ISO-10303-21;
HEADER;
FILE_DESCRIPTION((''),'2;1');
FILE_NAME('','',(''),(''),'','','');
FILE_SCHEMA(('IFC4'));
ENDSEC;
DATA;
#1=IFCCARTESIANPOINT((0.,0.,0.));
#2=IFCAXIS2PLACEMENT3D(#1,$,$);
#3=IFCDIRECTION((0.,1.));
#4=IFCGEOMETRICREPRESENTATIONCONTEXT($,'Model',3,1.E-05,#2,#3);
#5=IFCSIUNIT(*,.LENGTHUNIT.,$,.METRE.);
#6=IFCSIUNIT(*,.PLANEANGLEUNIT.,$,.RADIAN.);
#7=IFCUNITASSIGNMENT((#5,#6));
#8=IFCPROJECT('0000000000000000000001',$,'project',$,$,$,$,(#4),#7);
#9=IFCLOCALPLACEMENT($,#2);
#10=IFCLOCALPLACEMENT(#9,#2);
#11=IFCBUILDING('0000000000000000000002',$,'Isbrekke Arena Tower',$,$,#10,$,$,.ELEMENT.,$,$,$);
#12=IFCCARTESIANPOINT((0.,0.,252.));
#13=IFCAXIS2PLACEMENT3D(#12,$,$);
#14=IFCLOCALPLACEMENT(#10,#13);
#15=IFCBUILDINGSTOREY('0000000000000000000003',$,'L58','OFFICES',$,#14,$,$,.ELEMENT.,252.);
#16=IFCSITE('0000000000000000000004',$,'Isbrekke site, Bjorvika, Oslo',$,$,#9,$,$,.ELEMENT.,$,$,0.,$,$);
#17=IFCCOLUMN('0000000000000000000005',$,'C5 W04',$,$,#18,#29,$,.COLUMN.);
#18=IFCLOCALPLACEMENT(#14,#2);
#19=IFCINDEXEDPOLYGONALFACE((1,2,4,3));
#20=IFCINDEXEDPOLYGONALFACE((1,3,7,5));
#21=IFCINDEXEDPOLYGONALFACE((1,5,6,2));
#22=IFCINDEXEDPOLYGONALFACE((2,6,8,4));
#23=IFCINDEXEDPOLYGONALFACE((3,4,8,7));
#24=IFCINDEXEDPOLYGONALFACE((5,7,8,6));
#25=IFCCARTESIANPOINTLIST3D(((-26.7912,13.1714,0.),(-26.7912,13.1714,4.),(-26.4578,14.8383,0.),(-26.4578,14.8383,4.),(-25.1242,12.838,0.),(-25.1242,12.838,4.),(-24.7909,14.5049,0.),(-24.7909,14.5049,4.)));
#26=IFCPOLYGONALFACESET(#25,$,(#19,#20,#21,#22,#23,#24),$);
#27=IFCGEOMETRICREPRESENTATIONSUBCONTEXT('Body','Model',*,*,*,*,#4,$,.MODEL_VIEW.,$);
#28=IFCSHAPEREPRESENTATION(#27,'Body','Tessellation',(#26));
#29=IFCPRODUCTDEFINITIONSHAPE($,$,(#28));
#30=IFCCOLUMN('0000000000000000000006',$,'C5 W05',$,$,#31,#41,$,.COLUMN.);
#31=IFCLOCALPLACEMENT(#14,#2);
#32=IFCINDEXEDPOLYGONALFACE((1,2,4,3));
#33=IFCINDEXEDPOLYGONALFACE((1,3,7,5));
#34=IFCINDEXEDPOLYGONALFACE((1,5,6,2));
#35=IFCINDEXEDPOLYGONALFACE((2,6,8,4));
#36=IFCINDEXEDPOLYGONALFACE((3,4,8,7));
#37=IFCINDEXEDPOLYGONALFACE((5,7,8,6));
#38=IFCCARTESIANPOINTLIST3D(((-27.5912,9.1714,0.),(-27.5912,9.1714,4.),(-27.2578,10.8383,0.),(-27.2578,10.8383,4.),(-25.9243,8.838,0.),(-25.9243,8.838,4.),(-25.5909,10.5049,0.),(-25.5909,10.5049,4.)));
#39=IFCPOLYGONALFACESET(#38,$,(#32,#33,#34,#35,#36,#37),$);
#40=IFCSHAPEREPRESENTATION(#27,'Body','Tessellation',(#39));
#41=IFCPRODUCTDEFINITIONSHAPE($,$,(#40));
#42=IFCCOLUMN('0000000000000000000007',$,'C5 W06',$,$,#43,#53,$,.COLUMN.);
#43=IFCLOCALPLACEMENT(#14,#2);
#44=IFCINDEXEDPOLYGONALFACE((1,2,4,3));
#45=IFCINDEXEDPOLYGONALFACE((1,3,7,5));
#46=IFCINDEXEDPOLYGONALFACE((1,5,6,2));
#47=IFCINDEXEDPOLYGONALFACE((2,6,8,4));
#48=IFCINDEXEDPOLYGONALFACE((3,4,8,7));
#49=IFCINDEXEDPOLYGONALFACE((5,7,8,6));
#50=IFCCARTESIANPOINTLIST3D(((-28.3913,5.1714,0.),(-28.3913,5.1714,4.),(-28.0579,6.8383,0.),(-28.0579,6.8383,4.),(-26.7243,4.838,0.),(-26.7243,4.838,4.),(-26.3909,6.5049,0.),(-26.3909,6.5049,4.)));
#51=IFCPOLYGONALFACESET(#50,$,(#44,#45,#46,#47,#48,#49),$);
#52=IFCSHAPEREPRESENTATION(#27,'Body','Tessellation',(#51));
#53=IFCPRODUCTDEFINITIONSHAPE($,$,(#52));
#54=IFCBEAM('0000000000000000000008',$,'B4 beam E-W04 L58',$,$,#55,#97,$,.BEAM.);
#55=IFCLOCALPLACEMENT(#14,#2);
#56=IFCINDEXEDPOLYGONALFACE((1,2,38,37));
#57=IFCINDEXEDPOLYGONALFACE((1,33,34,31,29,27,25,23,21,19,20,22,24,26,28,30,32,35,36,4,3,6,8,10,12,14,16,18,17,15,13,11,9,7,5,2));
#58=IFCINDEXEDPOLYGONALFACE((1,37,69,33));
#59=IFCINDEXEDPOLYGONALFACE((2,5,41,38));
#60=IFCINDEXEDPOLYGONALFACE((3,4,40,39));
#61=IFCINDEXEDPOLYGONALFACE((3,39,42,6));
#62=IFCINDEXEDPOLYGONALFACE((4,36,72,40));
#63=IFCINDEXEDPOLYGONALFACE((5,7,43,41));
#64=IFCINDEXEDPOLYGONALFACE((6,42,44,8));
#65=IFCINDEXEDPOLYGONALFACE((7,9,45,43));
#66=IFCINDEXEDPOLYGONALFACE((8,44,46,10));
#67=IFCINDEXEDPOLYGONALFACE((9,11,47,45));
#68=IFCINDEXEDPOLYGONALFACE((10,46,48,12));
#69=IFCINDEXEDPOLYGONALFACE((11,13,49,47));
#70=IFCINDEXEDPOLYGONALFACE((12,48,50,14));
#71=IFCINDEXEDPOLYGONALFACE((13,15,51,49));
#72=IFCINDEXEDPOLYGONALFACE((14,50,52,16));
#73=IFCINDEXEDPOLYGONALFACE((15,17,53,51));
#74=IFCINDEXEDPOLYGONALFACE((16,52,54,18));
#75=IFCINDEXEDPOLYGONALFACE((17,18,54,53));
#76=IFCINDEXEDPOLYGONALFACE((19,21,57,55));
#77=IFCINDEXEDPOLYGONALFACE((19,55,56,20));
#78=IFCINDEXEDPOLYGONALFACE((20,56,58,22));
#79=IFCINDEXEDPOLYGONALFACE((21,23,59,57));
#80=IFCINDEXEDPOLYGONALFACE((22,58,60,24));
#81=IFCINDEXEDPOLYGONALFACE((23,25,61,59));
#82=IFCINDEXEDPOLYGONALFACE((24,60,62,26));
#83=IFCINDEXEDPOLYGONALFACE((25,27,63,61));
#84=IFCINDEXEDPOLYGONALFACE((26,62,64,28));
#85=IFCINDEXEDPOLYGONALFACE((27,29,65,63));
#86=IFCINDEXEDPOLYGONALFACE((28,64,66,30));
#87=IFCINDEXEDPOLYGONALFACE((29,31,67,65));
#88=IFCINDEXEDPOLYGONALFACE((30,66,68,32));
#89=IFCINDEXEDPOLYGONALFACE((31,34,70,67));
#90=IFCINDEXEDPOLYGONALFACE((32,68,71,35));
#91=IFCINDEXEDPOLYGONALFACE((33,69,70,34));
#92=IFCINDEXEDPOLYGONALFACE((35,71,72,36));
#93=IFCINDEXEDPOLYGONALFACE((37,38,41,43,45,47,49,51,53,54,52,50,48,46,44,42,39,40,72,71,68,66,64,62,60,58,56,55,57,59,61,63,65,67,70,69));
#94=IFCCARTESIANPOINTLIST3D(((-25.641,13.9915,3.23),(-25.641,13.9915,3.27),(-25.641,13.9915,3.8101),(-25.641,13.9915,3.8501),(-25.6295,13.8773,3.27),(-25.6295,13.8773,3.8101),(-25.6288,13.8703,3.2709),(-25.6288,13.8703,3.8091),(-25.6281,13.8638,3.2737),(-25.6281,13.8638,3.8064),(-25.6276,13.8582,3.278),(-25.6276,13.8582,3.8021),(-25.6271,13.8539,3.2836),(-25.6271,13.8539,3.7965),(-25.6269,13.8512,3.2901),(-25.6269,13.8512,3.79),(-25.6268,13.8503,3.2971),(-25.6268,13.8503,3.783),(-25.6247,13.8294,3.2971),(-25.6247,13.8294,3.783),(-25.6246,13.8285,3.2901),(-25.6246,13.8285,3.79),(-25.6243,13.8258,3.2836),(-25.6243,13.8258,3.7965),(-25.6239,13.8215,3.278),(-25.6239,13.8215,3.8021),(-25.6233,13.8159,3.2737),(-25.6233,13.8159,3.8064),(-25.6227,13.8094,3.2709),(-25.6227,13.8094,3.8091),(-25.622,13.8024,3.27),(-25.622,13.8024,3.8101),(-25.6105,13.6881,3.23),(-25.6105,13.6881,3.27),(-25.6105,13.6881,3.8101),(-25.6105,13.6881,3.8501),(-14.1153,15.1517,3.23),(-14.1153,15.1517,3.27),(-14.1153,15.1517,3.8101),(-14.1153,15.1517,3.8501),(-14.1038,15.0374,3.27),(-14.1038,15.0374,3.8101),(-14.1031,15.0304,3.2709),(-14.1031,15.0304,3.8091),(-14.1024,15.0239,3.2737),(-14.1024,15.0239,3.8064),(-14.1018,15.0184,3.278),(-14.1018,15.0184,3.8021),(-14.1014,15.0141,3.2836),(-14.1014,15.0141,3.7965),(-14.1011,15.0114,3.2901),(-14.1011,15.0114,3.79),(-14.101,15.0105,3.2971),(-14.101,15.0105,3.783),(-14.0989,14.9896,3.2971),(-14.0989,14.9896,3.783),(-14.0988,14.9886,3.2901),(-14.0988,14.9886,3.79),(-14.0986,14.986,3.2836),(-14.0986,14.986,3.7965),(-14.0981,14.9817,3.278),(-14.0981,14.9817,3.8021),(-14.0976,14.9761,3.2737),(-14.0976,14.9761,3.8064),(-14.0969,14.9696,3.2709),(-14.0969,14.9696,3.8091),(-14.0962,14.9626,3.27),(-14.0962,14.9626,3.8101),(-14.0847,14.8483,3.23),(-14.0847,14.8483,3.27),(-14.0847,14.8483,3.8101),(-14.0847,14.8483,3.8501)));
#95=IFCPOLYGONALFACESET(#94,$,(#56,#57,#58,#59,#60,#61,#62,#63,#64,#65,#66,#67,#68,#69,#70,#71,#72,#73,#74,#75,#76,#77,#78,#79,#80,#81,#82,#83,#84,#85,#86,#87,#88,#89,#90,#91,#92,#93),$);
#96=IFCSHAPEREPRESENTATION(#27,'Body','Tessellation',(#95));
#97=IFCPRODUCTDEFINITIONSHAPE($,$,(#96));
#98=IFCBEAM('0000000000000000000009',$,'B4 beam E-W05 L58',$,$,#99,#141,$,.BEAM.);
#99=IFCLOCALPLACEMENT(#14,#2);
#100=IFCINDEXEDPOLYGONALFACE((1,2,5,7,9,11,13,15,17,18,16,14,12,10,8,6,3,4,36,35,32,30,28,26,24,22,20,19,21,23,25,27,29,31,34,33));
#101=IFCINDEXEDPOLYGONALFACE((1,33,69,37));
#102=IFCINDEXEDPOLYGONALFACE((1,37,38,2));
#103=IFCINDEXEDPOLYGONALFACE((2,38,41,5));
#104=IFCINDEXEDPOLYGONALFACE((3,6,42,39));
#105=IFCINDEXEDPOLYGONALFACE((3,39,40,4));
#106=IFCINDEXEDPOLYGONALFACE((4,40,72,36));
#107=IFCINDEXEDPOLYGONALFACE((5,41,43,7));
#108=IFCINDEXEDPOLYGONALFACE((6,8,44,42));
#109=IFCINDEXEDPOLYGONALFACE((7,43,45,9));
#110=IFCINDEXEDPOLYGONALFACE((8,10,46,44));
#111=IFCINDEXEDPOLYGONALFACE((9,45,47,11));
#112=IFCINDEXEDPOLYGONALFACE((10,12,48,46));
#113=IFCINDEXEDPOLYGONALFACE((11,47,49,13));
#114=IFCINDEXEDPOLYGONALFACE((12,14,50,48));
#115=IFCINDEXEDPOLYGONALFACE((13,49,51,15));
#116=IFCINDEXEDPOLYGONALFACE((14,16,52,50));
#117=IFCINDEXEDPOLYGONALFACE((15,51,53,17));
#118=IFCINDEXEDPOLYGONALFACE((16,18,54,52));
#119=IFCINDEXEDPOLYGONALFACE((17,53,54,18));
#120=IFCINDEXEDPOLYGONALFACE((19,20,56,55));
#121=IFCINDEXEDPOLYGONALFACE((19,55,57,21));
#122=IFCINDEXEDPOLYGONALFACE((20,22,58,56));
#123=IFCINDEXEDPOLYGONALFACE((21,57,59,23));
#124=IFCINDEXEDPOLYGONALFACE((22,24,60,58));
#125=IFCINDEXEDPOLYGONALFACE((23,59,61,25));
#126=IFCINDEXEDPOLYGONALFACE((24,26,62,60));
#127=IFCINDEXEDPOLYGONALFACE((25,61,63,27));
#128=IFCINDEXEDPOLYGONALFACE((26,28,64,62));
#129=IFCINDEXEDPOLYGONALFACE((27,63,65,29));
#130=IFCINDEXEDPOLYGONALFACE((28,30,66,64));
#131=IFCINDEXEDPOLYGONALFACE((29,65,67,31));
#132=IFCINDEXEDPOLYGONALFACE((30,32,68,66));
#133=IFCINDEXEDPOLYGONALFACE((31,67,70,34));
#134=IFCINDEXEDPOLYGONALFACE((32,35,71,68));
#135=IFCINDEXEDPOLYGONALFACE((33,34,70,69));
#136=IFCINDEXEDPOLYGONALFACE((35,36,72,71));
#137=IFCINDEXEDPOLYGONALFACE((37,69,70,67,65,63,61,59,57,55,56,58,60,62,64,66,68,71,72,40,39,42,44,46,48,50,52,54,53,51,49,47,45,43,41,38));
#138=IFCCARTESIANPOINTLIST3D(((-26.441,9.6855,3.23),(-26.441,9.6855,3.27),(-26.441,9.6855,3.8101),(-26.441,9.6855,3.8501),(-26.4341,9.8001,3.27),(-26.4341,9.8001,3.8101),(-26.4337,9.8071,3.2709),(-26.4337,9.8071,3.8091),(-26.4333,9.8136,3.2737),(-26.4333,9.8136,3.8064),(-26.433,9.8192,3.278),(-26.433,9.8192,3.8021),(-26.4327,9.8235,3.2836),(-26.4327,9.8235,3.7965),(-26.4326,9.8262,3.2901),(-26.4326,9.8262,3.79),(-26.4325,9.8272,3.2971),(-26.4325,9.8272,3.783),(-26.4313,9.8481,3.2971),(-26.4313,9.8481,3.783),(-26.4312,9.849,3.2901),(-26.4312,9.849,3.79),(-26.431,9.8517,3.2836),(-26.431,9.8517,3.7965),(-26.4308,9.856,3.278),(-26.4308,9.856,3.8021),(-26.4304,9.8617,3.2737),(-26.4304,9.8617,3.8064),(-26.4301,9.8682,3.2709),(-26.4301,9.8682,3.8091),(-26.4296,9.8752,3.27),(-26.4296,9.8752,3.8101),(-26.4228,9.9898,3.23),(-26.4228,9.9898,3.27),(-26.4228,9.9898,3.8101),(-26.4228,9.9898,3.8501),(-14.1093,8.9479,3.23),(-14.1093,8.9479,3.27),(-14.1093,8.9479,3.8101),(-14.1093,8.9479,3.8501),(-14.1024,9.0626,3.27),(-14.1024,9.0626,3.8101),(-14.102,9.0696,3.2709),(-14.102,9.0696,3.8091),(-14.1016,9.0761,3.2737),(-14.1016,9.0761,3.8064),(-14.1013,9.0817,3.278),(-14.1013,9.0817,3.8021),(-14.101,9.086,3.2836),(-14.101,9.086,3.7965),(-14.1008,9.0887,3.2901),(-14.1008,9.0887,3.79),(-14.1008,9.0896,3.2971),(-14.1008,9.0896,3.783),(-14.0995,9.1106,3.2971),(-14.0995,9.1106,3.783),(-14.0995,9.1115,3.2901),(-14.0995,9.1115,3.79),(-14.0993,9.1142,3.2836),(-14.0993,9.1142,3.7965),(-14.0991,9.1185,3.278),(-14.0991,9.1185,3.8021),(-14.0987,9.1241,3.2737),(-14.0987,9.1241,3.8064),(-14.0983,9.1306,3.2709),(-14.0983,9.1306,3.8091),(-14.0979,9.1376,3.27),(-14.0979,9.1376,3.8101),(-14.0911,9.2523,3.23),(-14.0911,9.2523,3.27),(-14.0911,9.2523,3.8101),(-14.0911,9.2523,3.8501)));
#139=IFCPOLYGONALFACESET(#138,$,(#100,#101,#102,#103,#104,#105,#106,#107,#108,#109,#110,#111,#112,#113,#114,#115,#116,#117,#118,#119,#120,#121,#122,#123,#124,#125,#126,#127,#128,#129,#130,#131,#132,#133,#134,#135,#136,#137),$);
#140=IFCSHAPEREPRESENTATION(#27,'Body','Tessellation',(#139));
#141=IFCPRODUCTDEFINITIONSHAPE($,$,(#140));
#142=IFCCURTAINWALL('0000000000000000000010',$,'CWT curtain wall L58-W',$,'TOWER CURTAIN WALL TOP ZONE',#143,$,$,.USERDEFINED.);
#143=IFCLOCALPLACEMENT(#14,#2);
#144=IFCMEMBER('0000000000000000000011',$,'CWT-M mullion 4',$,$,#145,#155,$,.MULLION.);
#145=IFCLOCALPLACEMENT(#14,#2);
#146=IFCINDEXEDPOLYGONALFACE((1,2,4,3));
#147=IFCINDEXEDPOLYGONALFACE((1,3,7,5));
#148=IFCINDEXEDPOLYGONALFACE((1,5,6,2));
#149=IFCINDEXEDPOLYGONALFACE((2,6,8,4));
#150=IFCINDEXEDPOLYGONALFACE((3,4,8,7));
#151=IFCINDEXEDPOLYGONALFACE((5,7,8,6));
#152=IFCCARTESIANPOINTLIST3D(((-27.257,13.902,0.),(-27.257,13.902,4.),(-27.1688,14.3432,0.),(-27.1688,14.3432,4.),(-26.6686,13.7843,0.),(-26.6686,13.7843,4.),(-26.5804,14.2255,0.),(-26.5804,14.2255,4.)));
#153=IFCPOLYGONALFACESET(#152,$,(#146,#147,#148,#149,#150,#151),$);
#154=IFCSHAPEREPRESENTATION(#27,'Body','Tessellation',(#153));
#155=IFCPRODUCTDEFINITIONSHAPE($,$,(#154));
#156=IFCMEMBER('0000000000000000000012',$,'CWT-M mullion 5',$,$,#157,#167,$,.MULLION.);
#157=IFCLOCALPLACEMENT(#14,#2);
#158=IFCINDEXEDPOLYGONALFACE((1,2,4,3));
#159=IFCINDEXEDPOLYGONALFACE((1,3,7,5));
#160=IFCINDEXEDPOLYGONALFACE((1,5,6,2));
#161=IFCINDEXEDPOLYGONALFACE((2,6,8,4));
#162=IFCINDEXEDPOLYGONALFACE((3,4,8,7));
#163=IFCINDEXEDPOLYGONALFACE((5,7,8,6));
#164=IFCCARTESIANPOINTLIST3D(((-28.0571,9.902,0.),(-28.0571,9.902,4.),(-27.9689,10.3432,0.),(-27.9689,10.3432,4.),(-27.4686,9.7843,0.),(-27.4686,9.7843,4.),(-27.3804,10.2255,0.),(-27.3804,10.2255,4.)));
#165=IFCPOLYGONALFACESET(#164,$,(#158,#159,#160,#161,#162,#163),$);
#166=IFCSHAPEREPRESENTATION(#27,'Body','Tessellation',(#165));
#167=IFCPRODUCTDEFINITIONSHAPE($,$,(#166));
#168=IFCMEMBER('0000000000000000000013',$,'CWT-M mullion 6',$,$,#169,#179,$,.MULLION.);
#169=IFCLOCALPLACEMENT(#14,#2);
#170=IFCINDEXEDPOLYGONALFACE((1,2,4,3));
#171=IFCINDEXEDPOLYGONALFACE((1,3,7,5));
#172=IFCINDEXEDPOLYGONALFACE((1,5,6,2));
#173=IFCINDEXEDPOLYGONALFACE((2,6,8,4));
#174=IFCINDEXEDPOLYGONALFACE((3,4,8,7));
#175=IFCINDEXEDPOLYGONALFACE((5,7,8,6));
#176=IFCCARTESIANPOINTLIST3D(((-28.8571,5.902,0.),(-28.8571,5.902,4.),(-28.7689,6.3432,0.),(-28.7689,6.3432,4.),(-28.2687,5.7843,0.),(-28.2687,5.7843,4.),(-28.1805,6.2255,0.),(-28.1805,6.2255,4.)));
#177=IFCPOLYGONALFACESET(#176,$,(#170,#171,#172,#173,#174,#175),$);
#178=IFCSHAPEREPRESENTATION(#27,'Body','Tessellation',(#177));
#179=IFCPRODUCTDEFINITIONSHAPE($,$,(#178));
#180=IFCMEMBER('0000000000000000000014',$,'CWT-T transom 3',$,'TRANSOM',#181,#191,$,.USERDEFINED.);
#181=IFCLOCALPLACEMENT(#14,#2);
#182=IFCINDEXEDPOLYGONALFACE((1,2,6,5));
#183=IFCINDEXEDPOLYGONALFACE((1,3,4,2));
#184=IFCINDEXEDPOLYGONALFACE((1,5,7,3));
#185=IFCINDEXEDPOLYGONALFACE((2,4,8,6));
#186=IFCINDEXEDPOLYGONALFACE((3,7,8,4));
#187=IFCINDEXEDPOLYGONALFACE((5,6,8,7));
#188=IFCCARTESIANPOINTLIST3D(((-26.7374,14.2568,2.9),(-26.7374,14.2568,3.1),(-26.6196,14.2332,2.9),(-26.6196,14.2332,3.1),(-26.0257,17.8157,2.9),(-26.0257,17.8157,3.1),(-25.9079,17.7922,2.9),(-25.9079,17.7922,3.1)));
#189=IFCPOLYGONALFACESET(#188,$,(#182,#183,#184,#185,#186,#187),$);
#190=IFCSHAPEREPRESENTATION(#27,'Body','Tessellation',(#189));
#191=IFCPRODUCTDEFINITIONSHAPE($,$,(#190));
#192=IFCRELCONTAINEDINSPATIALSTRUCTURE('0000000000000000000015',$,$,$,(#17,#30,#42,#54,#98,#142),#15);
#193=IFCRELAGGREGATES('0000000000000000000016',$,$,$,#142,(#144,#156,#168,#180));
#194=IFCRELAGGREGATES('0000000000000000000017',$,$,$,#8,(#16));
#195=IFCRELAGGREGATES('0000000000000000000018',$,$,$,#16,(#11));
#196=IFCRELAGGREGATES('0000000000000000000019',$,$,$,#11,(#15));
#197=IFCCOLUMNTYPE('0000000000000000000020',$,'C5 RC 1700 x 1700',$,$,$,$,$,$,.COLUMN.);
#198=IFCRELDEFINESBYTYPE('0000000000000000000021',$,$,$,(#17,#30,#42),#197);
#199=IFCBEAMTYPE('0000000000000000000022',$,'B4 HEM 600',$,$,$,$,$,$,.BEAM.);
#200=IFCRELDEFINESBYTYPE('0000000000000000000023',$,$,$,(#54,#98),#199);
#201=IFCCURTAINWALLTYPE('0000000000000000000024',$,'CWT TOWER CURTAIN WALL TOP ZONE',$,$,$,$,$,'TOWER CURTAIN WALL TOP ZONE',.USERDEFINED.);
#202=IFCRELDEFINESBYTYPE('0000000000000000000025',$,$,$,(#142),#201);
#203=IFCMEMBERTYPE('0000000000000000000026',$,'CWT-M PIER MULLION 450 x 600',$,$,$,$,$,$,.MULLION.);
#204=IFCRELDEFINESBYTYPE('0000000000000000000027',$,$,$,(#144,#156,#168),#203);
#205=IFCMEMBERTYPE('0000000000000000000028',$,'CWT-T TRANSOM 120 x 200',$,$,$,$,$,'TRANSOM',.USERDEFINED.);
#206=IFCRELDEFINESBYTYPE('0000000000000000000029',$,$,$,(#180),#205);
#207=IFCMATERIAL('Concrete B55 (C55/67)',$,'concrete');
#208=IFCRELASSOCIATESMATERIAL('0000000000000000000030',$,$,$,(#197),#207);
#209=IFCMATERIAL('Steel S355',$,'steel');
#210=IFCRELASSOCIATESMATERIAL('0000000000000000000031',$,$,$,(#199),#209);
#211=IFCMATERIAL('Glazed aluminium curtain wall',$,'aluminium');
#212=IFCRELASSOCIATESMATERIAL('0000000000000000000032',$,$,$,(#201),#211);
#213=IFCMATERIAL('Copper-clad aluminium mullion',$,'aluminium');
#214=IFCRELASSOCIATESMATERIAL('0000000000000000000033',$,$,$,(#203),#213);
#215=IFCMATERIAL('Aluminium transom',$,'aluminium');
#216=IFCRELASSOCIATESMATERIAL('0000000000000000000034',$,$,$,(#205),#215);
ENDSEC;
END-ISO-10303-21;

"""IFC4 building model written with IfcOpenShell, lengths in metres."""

from ifc_helpers import new_model, si_unit, direction, frame, origin, origin_2d, place, context, subcontext, project, spatial, rectangle, i_section, extrude, material, material_profile, profile_set, type_object, element, aggregate, save


model = new_model("IFC4")

# Units and contexts
model_context = context("Model", 3, precision=1e-05, world=origin(), true_north=direction((0.0, 1.0)))
body_context = subcontext(model_context, "Body", "Model", "MODEL_VIEW")
ifc_project = project(units=[si_unit("LENGTHUNIT", "METRE"), si_unit("PLANEANGLEUNIT", "RADIAN")], contexts=[model_context])

# Site, building, storey
site_placement = place(None, origin())
site = spatial("IfcSite", under=ifc_project, at=site_placement, Name="Isbrekke site, Bjorvika, Oslo", CompositionType="ELEMENT", RefElevation=0.0)
building_placement = place(site_placement, origin())
building = spatial("IfcBuilding", under=site, at=building_placement, Name="Isbrekke Arena Tower", CompositionType="ELEMENT")
storey_placement = place(building_placement, frame((0.0, 0.0, 252.0)))
storey = spatial("IfcBuildingStorey", under=building, at=storey_placement, Name="L58", Description="OFFICES", CompositionType="ELEMENT", Elevation=252.0)

# Columns
ifc_material_1 = material(Name="Concrete B55 (C55/67)", Category="concrete")
ifc_material_profile_1 = material_profile(ifc_material_1, rectangle(XDim=1.7, YDim=1.7, at=origin_2d()), Name="RC 1700x1700")
ifc_profile_set_1 = profile_set([ifc_material_profile_1], Name="Concrete B55 (C55/67)")
column_type = type_object("IfcColumnType", Name="C5 RC 1700 x 1700", PredefinedType="COLUMN", material=ifc_profile_set_1)
for number, where, z_axis, x_axis, name in (
    (1, (-25.791, 13.8381, 0.0), (0.0, 0.0, 1.0), (-0.196116, -0.980581, 0.0), "C5 W04"),
    (2, (-26.5911, 9.8381, 0.0), (0.0, 0.0, 1.0), (-0.196116, -0.980581, 0.0), "C5 W05"),
    (3, (-27.3911, 5.8381, 0.0), (0.0, 0.0, 1.0), (-0.196116, -0.980581, 0.0), "C5 W06"),
):
    element("IfcColumn", number, at=place(storey_placement, frame(where, z_axis=z_axis, x_axis=x_axis)), inside=storey, type_object=column_type, Name=name, PredefinedType="COLUMN", context=body_context, shape_type="SweptSolid", body=[
        extrude(rectangle(XDim=1.7, YDim=1.7, at=origin_2d()), origin(), (0.0, 0.0, 1.0), 4.0),
    ])

# Beams
ifc_material_2 = material(Name="Steel S355", Category="steel")
ifc_material_profile_2 = material_profile(ifc_material_2, i_section(OverallWidth=0.3049, OverallDepth=0.6201, WebThickness=0.021, FlangeThickness=0.04, FilletRadius=0.0271, at=origin_2d()), Name="HEM 600")
ifc_profile_set_2 = profile_set([ifc_material_profile_2], Name="Steel S355")
beam_type_1 = type_object("IfcBeamType", Name="B4 HEM 600", PredefinedType="BEAM", material=ifc_profile_set_2)
beam_1_placement = place(storey_placement, frame((-25.6257, 13.8398, 3.54), z_axis=(0.994972, 0.100153, 0.0), x_axis=(-0.100153, 0.994972, 0.0)))
element("IfcBeam", 4, at=beam_1_placement, inside=storey, type_object=beam_type_1, Name="B4 beam E-W04 L58", PredefinedType="BEAM", context=body_context, shape_type="SweptSolid", body=[
    extrude(i_section(OverallWidth=0.3049, OverallDepth=0.6201, WebThickness=0.021, FlangeThickness=0.04, FilletRadius=0.0271, at=origin_2d()), origin(), (0.0, 0.0, 1.0), 11.584),
])
beam_2_placement = place(storey_placement, frame((-26.4319, 9.8376, 3.54), z_axis=(0.998216, -0.059702, 0.0), x_axis=(0.059702, 0.998216, 0.0)))
element("IfcBeam", 5, at=beam_2_placement, inside=storey, type_object=beam_type_1, Name="B4 beam E-W05 L58", PredefinedType="BEAM", context=body_context, shape_type="SweptSolid", body=[
    extrude(i_section(OverallWidth=0.3049, OverallDepth=0.6201, WebThickness=0.021, FlangeThickness=0.04, FilletRadius=0.0271, at=origin_2d()), origin(), (0.0, 0.0, 1.0), 12.3538),
])

# Curtain wall, members
ifc_material_3 = material(Name="Glazed aluminium curtain wall", Category="aluminium")
curtain_wall_type = type_object("IfcCurtainWallType", Name="CWT TOWER CURTAIN WALL TOP ZONE", ElementType="TOWER CURTAIN WALL TOP ZONE", PredefinedType="USERDEFINED", material=ifc_material_3)
curtain_wall_placement = place(storey_placement, origin())
curtain_wall = element("IfcCurtainWall", 6, at=curtain_wall_placement, inside=storey, type_object=curtain_wall_type, Name="CWT curtain wall L58-W", ObjectType="TOWER CURTAIN WALL TOP ZONE", PredefinedType="USERDEFINED")
ifc_material_4 = material(Name="Copper-clad aluminium mullion", Category="aluminium")
ifc_material_profile_3 = material_profile(ifc_material_4, rectangle(XDim=0.45, YDim=0.6001, at=origin_2d()), Name="PIER 450X600")
ifc_profile_set_3 = profile_set([ifc_material_profile_3], Name="Copper-clad aluminium mullion")
member_type_1 = type_object("IfcMemberType", Name="CWT-M PIER MULLION 450 x 600", PredefinedType="MULLION", material=ifc_profile_set_3)
member_1_placement = place(storey_placement, frame((-26.9187, 14.0637, 0.0), z_axis=(0.0, 0.0, 1.0), x_axis=(-0.196116, -0.980581, 0.0)))
member_1 = element("IfcMember", 7, at=member_1_placement, type_object=member_type_1, Name="CWT-M mullion 4", PredefinedType="MULLION", context=body_context, shape_type="SweptSolid", body=[
    extrude(rectangle(XDim=0.45, YDim=0.6001, at=origin_2d()), origin(), (0.0, 0.0, 1.0), 4.0),
])
member_2_placement = place(storey_placement, frame((-27.7188, 10.0637, 0.0), z_axis=(0.0, 0.0, 1.0), x_axis=(-0.196116, -0.980581, 0.0)))
member_2 = element("IfcMember", 8, at=member_2_placement, type_object=member_type_1, Name="CWT-M mullion 5", PredefinedType="MULLION", context=body_context, shape_type="SweptSolid", body=[
    extrude(rectangle(XDim=0.45, YDim=0.6001, at=origin_2d()), origin(), (0.0, 0.0, 1.0), 4.0),
])
member_3_placement = place(storey_placement, frame((-28.5188, 6.0637, 0.0), z_axis=(0.0, 0.0, 1.0), x_axis=(-0.196116, -0.980581, 0.0)))
member_3 = element("IfcMember", 9, at=member_3_placement, type_object=member_type_1, Name="CWT-M mullion 6", PredefinedType="MULLION", context=body_context, shape_type="SweptSolid", body=[
    extrude(rectangle(XDim=0.45, YDim=0.6001, at=origin_2d()), origin(), (0.0, 0.0, 1.0), 4.0),
])
ifc_material_5 = material(Name="Aluminium transom", Category="aluminium")
ifc_material_profile_4 = material_profile(ifc_material_5, rectangle(XDim=0.1201, YDim=0.2, at=origin_2d()), Name="TRANSOM 120X200")
ifc_profile_set_4 = profile_set([ifc_material_profile_4], Name="Aluminium transom")
member_type_2 = type_object("IfcMemberType", Name="CWT-T TRANSOM 120 x 200", ElementType="TRANSOM", PredefinedType="USERDEFINED", material=ifc_profile_set_4)
member_4_placement = place(storey_placement, frame((-25.9668, 17.804, 3.0), z_axis=(-0.19609, -0.980586, 0.0), x_axis=(0.980586, -0.19609, 0.0)))
member_4 = element("IfcMember", 10, at=member_4_placement, type_object=member_type_2, Name="CWT-T transom 3", ObjectType="TRANSOM", PredefinedType="USERDEFINED", context=body_context, shape_type="SweptSolid", body=[
    extrude(rectangle(XDim=0.1201, YDim=0.2, at=origin_2d()), origin(), (0.0, 0.0, 1.0), 3.6294),
])

aggregate(curtain_wall, [member_1, member_2, member_3, member_4])

save(model, "model.ifc")
